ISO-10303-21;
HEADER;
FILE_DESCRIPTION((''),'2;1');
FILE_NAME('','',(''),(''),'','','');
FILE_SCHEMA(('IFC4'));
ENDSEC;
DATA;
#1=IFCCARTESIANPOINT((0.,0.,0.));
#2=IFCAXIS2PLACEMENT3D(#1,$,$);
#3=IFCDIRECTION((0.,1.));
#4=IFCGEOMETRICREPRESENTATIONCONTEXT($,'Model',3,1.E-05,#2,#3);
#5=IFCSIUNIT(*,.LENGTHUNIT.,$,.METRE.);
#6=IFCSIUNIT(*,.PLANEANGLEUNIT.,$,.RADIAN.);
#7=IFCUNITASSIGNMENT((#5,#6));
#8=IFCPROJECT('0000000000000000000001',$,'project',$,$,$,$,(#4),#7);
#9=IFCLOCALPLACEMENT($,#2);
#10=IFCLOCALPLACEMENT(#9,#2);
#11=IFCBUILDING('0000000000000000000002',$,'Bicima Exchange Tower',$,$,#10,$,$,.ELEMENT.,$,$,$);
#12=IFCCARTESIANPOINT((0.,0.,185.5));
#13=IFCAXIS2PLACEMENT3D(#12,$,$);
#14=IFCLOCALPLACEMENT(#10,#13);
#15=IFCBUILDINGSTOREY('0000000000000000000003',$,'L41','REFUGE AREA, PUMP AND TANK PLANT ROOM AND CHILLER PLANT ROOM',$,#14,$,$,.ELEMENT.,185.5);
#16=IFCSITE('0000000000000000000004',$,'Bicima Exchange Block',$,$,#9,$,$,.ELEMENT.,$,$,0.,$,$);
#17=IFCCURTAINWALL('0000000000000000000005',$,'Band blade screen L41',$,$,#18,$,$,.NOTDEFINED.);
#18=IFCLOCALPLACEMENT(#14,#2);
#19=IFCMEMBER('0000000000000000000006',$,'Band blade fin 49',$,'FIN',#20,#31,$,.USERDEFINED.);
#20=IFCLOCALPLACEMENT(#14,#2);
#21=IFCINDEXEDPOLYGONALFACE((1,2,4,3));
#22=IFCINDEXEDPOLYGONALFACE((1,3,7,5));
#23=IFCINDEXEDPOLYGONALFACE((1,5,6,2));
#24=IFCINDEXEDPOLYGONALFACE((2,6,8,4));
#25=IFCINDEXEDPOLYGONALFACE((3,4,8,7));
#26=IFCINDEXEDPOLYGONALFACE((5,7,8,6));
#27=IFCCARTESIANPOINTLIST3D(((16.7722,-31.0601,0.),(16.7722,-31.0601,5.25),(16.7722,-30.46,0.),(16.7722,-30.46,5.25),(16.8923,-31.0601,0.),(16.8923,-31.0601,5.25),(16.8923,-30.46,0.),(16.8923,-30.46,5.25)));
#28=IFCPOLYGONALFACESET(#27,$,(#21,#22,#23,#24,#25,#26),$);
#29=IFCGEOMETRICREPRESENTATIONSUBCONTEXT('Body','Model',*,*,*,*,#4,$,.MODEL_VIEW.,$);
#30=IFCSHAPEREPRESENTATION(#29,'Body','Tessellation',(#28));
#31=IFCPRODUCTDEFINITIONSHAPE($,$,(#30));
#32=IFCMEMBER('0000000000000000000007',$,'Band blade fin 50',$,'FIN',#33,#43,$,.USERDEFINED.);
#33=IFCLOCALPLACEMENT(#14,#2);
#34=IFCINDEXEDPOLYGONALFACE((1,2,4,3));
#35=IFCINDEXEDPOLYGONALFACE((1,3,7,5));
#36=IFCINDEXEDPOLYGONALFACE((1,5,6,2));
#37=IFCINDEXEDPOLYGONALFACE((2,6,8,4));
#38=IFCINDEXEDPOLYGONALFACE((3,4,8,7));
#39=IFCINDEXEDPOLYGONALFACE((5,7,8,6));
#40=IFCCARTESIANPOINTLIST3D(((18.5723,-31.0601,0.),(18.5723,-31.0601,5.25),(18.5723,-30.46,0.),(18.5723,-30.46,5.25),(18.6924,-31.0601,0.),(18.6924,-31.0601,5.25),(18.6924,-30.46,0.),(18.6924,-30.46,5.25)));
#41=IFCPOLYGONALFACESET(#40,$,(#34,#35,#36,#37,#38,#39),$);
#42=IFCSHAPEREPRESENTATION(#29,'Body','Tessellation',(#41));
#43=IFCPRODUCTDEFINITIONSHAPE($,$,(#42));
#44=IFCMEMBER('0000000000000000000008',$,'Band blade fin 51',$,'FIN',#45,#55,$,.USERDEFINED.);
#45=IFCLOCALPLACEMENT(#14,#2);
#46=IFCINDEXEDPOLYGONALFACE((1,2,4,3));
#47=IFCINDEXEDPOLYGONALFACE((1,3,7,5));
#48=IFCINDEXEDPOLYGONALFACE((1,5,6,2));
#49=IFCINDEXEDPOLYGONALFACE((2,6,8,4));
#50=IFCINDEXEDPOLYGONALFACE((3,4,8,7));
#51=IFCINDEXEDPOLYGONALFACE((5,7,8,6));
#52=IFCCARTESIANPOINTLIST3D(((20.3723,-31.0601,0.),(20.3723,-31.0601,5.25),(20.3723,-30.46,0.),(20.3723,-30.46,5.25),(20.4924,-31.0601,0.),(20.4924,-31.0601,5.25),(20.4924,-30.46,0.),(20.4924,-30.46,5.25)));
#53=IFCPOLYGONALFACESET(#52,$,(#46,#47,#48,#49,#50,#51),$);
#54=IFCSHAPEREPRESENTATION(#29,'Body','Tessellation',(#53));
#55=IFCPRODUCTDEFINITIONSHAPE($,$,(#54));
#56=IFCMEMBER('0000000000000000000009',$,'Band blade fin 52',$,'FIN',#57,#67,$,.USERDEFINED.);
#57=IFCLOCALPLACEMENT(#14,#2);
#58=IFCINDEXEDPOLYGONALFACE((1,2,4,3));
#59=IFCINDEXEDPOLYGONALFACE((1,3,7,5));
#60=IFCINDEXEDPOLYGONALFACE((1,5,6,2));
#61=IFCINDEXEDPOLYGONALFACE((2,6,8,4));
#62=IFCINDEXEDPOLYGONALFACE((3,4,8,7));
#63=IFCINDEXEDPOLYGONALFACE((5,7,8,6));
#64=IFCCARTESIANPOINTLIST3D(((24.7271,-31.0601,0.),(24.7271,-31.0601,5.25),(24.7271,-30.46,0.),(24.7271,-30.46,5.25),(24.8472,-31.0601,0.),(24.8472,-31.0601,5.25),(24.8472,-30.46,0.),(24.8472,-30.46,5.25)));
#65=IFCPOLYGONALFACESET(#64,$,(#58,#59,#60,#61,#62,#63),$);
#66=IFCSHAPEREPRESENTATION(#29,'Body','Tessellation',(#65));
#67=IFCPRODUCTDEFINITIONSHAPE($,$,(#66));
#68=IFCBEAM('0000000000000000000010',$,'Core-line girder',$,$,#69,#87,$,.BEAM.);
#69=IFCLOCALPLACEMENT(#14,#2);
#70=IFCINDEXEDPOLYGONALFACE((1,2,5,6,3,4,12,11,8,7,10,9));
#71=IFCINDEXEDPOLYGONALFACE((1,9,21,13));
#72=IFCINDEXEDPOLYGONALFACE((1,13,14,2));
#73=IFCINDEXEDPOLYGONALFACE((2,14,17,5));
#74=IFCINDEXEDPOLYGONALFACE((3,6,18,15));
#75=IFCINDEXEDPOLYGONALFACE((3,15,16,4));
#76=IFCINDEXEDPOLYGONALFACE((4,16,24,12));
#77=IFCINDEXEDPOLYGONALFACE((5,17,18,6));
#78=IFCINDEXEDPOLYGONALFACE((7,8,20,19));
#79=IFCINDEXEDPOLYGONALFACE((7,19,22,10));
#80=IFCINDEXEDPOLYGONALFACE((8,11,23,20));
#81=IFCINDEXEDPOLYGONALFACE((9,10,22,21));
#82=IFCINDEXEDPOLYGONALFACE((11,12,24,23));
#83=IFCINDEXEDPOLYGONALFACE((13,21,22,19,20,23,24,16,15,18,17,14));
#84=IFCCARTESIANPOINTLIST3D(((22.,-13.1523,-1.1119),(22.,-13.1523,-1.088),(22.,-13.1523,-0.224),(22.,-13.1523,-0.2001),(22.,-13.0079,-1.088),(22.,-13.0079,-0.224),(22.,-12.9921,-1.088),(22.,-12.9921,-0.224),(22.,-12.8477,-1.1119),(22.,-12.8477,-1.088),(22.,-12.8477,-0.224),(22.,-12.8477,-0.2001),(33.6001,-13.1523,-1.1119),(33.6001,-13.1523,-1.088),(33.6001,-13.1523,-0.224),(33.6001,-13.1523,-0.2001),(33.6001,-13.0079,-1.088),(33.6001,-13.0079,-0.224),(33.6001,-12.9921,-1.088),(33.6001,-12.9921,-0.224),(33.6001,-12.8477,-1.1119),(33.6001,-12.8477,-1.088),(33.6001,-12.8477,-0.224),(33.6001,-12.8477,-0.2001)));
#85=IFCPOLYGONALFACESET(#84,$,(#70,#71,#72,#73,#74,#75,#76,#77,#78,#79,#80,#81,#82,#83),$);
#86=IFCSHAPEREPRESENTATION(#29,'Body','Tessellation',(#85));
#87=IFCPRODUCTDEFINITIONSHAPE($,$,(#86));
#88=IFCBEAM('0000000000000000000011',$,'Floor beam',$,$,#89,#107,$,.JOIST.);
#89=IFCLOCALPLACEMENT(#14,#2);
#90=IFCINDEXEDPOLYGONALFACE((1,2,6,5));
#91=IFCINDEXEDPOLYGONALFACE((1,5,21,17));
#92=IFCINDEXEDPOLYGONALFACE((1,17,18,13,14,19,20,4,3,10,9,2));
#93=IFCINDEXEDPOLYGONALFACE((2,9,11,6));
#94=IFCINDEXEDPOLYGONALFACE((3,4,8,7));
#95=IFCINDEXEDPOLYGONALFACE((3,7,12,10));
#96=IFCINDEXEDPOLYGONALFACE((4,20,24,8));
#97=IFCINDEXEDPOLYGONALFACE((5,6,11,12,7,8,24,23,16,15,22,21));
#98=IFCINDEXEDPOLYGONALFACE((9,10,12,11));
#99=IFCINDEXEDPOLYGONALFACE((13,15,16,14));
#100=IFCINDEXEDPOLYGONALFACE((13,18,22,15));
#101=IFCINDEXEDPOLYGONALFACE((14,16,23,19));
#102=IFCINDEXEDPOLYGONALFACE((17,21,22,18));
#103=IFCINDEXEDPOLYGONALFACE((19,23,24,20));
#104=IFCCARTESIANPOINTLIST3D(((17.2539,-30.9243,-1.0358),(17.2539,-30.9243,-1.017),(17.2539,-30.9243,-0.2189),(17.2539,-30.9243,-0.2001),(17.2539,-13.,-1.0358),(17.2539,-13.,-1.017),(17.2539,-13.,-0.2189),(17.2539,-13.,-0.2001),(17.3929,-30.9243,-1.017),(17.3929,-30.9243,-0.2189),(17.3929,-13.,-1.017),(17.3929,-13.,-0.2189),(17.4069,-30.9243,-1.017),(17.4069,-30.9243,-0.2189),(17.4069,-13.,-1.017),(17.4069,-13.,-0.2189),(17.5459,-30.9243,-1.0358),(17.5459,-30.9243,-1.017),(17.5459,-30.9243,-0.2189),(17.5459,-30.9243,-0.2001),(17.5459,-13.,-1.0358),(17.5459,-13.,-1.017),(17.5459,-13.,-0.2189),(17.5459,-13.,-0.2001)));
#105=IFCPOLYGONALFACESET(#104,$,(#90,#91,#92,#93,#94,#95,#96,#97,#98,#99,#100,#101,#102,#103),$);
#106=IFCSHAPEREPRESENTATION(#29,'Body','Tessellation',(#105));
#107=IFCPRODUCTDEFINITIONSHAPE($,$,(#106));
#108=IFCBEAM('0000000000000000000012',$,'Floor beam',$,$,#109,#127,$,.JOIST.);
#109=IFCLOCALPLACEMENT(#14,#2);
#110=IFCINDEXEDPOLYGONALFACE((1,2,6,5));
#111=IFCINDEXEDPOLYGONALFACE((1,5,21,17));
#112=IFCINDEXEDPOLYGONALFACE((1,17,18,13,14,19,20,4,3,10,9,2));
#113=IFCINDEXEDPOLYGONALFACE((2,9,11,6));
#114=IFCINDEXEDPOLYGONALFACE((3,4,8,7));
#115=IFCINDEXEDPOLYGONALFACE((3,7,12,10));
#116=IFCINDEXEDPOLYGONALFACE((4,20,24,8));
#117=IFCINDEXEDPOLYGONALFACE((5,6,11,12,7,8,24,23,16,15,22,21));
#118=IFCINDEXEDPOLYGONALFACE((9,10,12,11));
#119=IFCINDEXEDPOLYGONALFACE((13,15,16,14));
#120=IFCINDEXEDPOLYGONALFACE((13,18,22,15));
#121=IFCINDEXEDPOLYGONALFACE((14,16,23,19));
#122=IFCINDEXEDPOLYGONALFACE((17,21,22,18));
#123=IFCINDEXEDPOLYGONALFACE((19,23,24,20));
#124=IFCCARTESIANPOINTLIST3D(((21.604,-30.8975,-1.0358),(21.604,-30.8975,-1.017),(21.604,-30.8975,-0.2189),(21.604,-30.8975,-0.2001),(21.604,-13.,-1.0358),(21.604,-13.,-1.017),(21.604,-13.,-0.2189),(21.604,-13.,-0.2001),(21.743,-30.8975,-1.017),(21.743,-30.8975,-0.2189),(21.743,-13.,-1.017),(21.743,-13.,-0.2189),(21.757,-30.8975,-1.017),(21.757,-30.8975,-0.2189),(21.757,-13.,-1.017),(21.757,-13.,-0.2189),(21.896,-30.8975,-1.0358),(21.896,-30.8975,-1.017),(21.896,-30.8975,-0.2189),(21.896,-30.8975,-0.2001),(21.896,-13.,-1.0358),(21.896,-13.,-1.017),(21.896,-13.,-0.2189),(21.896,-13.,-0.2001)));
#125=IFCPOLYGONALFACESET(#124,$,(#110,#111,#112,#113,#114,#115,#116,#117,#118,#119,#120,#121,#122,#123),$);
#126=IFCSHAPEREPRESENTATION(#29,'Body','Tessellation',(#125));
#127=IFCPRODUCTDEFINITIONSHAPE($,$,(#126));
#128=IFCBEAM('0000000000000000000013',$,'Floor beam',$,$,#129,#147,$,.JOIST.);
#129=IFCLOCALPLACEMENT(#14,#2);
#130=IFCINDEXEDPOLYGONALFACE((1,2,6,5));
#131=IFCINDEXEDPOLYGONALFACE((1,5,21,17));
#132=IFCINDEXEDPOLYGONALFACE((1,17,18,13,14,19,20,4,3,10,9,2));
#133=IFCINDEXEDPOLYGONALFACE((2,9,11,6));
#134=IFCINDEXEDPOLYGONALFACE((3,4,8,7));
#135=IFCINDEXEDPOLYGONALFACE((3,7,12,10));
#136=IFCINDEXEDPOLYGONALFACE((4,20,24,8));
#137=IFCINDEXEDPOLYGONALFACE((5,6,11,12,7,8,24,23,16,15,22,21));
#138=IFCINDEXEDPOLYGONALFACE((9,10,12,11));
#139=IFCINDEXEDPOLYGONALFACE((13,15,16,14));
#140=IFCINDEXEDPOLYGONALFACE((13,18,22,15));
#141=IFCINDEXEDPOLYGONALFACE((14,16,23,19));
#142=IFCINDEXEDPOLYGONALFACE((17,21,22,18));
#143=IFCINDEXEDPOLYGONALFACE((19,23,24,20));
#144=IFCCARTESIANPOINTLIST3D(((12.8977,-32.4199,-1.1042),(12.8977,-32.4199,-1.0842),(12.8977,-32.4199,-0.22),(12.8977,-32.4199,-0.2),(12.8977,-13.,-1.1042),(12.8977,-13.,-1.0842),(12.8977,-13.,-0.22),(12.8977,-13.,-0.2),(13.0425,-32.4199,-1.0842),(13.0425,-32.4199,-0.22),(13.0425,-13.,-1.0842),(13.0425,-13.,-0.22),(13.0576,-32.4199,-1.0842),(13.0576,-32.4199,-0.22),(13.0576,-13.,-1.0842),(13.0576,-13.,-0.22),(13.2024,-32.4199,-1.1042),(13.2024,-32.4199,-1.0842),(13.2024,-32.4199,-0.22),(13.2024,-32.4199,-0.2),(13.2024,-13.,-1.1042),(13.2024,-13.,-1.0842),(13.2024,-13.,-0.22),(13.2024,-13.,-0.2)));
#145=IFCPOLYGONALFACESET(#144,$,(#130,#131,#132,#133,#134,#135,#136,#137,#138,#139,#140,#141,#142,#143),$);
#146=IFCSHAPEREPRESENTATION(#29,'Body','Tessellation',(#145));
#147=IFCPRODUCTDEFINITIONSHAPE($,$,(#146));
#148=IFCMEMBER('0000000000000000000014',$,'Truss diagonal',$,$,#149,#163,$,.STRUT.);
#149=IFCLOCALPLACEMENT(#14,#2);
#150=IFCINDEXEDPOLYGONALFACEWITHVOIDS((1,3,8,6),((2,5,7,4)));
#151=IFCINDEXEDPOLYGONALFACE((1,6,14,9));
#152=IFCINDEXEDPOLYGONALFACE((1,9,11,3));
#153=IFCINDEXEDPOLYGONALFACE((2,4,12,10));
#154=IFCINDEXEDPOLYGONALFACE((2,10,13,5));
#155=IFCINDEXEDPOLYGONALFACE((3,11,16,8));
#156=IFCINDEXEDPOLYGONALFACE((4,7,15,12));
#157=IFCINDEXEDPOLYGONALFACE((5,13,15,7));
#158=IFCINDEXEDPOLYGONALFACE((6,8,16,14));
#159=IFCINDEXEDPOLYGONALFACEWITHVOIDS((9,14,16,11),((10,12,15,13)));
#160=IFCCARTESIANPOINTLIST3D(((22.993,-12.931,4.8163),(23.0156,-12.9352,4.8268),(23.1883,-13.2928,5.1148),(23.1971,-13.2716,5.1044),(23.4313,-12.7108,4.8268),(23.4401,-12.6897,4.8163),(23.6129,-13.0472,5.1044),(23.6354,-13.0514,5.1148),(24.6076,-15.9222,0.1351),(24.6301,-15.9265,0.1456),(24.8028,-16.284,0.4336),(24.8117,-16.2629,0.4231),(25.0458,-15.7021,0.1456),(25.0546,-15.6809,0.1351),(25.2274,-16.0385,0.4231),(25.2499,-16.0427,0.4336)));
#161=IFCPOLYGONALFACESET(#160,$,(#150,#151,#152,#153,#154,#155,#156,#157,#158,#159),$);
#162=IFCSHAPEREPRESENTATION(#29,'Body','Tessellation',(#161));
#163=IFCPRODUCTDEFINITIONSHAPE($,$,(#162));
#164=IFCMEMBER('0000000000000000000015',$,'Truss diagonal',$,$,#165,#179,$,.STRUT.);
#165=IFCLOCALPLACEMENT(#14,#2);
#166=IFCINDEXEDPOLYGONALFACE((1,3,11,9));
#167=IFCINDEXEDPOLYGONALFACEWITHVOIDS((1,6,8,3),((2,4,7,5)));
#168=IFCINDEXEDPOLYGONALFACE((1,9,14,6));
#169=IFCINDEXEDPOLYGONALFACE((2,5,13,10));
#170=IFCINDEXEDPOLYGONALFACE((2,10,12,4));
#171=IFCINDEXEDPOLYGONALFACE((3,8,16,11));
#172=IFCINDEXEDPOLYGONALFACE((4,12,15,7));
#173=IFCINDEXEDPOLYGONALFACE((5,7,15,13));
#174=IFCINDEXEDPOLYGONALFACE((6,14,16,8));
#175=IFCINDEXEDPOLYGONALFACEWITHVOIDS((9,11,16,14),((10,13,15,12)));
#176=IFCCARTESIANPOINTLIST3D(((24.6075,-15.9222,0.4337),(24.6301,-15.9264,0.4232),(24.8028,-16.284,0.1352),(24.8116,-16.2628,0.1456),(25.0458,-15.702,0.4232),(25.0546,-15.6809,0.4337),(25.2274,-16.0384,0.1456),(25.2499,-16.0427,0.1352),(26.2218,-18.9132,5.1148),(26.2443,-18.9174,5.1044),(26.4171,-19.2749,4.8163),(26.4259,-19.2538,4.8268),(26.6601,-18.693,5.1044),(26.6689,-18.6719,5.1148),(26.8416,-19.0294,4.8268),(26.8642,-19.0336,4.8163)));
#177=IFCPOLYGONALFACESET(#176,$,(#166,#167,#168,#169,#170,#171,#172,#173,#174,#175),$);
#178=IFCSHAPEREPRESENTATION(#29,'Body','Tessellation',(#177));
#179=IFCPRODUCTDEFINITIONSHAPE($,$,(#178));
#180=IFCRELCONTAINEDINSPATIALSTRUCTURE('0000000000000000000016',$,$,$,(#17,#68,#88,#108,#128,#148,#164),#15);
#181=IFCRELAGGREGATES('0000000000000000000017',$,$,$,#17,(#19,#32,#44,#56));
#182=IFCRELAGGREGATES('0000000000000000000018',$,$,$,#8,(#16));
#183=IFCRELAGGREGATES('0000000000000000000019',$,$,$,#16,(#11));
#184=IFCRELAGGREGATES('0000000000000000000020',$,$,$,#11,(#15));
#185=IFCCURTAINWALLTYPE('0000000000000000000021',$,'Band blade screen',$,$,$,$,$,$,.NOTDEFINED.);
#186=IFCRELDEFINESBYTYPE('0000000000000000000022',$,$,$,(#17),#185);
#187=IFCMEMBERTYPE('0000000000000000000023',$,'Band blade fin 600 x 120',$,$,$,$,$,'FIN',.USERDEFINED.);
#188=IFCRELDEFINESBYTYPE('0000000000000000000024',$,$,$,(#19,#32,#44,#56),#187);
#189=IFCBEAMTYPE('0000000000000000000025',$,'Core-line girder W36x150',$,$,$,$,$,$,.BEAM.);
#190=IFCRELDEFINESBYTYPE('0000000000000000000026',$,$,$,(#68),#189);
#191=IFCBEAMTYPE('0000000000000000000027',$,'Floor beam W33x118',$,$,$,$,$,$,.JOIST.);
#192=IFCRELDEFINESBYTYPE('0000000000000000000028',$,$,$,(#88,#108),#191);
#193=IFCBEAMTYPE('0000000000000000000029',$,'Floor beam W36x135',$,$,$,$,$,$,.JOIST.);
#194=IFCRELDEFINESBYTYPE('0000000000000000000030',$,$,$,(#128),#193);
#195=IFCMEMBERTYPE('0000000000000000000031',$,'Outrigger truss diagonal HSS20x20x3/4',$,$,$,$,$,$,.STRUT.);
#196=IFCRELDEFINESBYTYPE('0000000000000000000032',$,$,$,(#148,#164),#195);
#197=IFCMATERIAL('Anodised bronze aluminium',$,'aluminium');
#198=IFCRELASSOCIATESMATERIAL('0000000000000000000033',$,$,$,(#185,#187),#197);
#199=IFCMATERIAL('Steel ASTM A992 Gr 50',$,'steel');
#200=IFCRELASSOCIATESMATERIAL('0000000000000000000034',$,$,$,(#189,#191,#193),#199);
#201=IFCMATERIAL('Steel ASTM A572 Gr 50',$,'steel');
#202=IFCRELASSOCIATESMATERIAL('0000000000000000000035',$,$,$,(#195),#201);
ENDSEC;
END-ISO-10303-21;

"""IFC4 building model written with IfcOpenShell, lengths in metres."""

from ifc_helpers import new_model, si_unit, direction, frame, origin, origin_2d, place, context, subcontext, project, spatial, rectangle, hollow_rectangle, i_section, extrude, material, material_profile, profile_set, type_object, element, aggregate, save


model = new_model("IFC4")

# Units and contexts
model_context = context("Model", 3, precision=1e-05, world=origin(), true_north=direction((0.0, 1.0)))
body_context = subcontext(model_context, "Body", "Model", "MODEL_VIEW")
ifc_project = project(units=[si_unit("LENGTHUNIT", "METRE"), si_unit("PLANEANGLEUNIT", "RADIAN")], contexts=[model_context])

# Site, building, storey
site_placement = place(None, origin())
site = spatial("IfcSite", under=ifc_project, at=site_placement, Name="Bicima Exchange Block", CompositionType="ELEMENT", RefElevation=0.0)
building_placement = place(site_placement, origin())
building = spatial("IfcBuilding", under=site, at=building_placement, Name="Bicima Exchange Tower", CompositionType="ELEMENT")
storey_placement = place(building_placement, frame((0.0, 0.0, 185.5)))
storey = spatial("IfcBuildingStorey", under=building, at=storey_placement, Name="L41", Description="REFUGE AREA, PUMP AND TANK PLANT ROOM AND CHILLER PLANT ROOM", CompositionType="ELEMENT", Elevation=185.5)

# Curtain wall, members
ifc_material_1 = material(Name="Anodised bronze aluminium", Category="aluminium")
curtain_wall_type = type_object("IfcCurtainWallType", Name="Band blade screen", PredefinedType="NOTDEFINED", material=ifc_material_1)
curtain_wall_placement = place(storey_placement, origin())
curtain_wall = element("IfcCurtainWall", 1, at=curtain_wall_placement, inside=storey, type_object=curtain_wall_type, Name="Band blade screen L41", PredefinedType="NOTDEFINED")
ifc_material_profile_1 = material_profile(ifc_material_1, rectangle(XDim=0.6001, YDim=0.1201, at=origin_2d()))
ifc_profile_set_1 = profile_set([ifc_material_profile_1], Name="Anodised bronze aluminium")
member_type_1 = type_object("IfcMemberType", Name="Band blade fin 600 x 120", ElementType="FIN", PredefinedType="USERDEFINED", material=ifc_profile_set_1)
member_1_placement = place(storey_placement, frame((16.8323, -30.76, 0.0), z_axis=(0.0, 0.0, 1.0), x_axis=(0.0, 1.0, 0.0)))
member_1 = element("IfcMember", 2, at=member_1_placement, type_object=member_type_1, Name="Band blade fin 49", ObjectType="FIN", PredefinedType="USERDEFINED", context=body_context, shape_type="SweptSolid", body=[
    extrude(rectangle(XDim=0.6001, YDim=0.1201, at=origin_2d()), origin(), (0.0, 0.0, 1.0), 5.25),
])
member_2_placement = place(storey_placement, frame((18.6323, -30.76, 0.0), z_axis=(0.0, 0.0, 1.0), x_axis=(0.0, 1.0, 0.0)))
member_2 = element("IfcMember", 3, at=member_2_placement, type_object=member_type_1, Name="Band blade fin 50", ObjectType="FIN", PredefinedType="USERDEFINED", context=body_context, shape_type="SweptSolid", body=[
    extrude(rectangle(XDim=0.6001, YDim=0.1201, at=origin_2d()), origin(), (0.0, 0.0, 1.0), 5.25),
])
member_3_placement = place(storey_placement, frame((20.4324, -30.76, 0.0), z_axis=(0.0, 0.0, 1.0), x_axis=(0.0, 1.0, 0.0)))
member_3 = element("IfcMember", 4, at=member_3_placement, type_object=member_type_1, Name="Band blade fin 51", ObjectType="FIN", PredefinedType="USERDEFINED", context=body_context, shape_type="SweptSolid", body=[
    extrude(rectangle(XDim=0.6001, YDim=0.1201, at=origin_2d()), origin(), (0.0, 0.0, 1.0), 5.25),
])
member_4_placement = place(storey_placement, frame((24.7871, -30.76, 0.0), z_axis=(0.0, 0.0, 1.0), x_axis=(0.0, 1.0, 0.0)))
member_4 = element("IfcMember", 5, at=member_4_placement, type_object=member_type_1, Name="Band blade fin 52", ObjectType="FIN", PredefinedType="USERDEFINED", context=body_context, shape_type="SweptSolid", body=[
    extrude(rectangle(XDim=0.6001, YDim=0.1201, at=origin_2d()), origin(), (0.0, 0.0, 1.0), 5.25),
])
aggregate(curtain_wall, [member_1, member_2, member_3, member_4])

# Beams
ifc_material_2 = material(Name="Steel ASTM A992 Gr 50", Category="steel")
ifc_material_profile_2 = material_profile(ifc_material_2, i_section(OverallWidth=0.3047, OverallDepth=0.9119, WebThickness=0.0159, FlangeThickness=0.0239, at=origin_2d()))
ifc_profile_set_2 = profile_set([ifc_material_profile_2], Name="Steel ASTM A992 Gr 50")
beam_type_1 = type_object("IfcBeamType", Name="Core-line girder W36x150", PredefinedType="BEAM", material=ifc_profile_set_2)
beam_1_placement = place(storey_placement, frame((22.0, -13.0, -0.656), z_axis=(1.0, 0.0, 0.0), x_axis=(0.0, 1.0, 0.0)))
element("IfcBeam", 6, at=beam_1_placement, inside=storey, type_object=beam_type_1, Name="Core-line girder", PredefinedType="BEAM", context=body_context, shape_type="SweptSolid", body=[
    extrude(i_section(OverallWidth=0.3047, OverallDepth=0.9119, WebThickness=0.0159, FlangeThickness=0.0239, at=origin_2d()), origin(), (0.0, 0.0, 1.0), 11.6001),
])
ifc_material_profile_3 = material_profile(ifc_material_2, i_section(OverallWidth=0.292, OverallDepth=0.8357, WebThickness=0.0139, FlangeThickness=0.0188, at=origin_2d()))
ifc_profile_set_3 = profile_set([ifc_material_profile_3], Name="Steel ASTM A992 Gr 50")
beam_type_2 = type_object("IfcBeamType", Name="Floor beam W33x118", PredefinedType="JOIST", material=ifc_profile_set_3)
beam_2_placement = place(storey_placement, frame((17.3999, -13.0, -0.6179), z_axis=(0.0, -1.0, 0.0), x_axis=(1.0, 0.0, 0.0)))
element("IfcBeam", 7, at=beam_2_placement, inside=storey, type_object=beam_type_2, Name="Floor beam", PredefinedType="JOIST", context=body_context, shape_type="SweptSolid", body=[
    extrude(i_section(OverallWidth=0.292, OverallDepth=0.8357, WebThickness=0.0139, FlangeThickness=0.0188, at=origin_2d()), origin(), (0.0, 0.0, 1.0), 17.9243),
])
beam_3_placement = place(storey_placement, frame((21.75, -13.0, -0.6179), z_axis=(0.0, -1.0, 0.0), x_axis=(1.0, 0.0, 0.0)))
element("IfcBeam", 8, at=beam_3_placement, inside=storey, type_object=beam_type_2, Name="Floor beam", PredefinedType="JOIST", context=body_context, shape_type="SweptSolid", body=[
    extrude(i_section(OverallWidth=0.292, OverallDepth=0.8357, WebThickness=0.0139, FlangeThickness=0.0188, at=origin_2d()), origin(), (0.0, 0.0, 1.0), 17.8975),
])
ifc_material_profile_4 = material_profile(ifc_material_2, i_section(OverallWidth=0.3047, OverallDepth=0.9043, WebThickness=0.0151, FlangeThickness=0.02, at=origin_2d()))
ifc_profile_set_4 = profile_set([ifc_material_profile_4], Name="Steel ASTM A992 Gr 50")
beam_type_3 = type_object("IfcBeamType", Name="Floor beam W36x135", PredefinedType="JOIST", material=ifc_profile_set_4)
beam_4_placement = place(storey_placement, frame((13.05, -13.0, -0.6521), z_axis=(0.0, -1.0, 0.0), x_axis=(1.0, 0.0, 0.0)))
element("IfcBeam", 9, at=beam_4_placement, inside=storey, type_object=beam_type_3, Name="Floor beam", PredefinedType="JOIST", context=body_context, shape_type="SweptSolid", body=[
    extrude(i_section(OverallWidth=0.3047, OverallDepth=0.9043, WebThickness=0.0151, FlangeThickness=0.02, at=origin_2d()), origin(), (0.0, 0.0, 1.0), 19.4199),
])

# Members
ifc_material_3 = material(Name="Steel ASTM A572 Gr 50", Category="steel")
ifc_material_profile_5 = material_profile(ifc_material_3, hollow_rectangle(XDim=0.5081, YDim=0.5081, WallThickness=0.0178, at=origin_2d()))
ifc_profile_set_5 = profile_set([ifc_material_profile_5], Name="Steel ASTM A572 Gr 50")
member_type_2 = type_object("IfcMemberType", Name="Outrigger truss diagonal HSS20x20x3/4", PredefinedType="STRUT", material=ifc_profile_set_5)
member_5_placement = place(storey_placement, frame((23.3142, -12.9912, 4.9656), z_axis=(0.27908, -0.517056, -0.809177), x_axis=(0.879998, 0.474978, 0.0)))
element("IfcMember", 10, at=member_5_placement, inside=storey, type_object=member_type_2, Name="Truss diagonal", PredefinedType="STRUT", context=body_context, shape_type="SweptSolid", body=[
    extrude(hollow_rectangle(XDim=0.5081, YDim=0.5081, WallThickness=0.0178, at=origin_2d()), origin(), (0.0, 0.0, 1.0), 5.7852),
])
member_6_placement = place(storey_placement, frame((24.9287, -15.9824, 0.2844), z_axis=(0.279048, -0.517031, 0.809204), x_axis=(0.880012, 0.474952, 0.0)))
element("IfcMember", 11, at=member_6_placement, inside=storey, type_object=member_type_2, Name="Truss diagonal", PredefinedType="STRUT", context=body_context, shape_type="SweptSolid", body=[
    extrude(hollow_rectangle(XDim=0.5081, YDim=0.5081, WallThickness=0.0178, at=origin_2d()), origin(), (0.0, 0.0, 1.0), 5.7849),
])

save(model, "model.ifc")
